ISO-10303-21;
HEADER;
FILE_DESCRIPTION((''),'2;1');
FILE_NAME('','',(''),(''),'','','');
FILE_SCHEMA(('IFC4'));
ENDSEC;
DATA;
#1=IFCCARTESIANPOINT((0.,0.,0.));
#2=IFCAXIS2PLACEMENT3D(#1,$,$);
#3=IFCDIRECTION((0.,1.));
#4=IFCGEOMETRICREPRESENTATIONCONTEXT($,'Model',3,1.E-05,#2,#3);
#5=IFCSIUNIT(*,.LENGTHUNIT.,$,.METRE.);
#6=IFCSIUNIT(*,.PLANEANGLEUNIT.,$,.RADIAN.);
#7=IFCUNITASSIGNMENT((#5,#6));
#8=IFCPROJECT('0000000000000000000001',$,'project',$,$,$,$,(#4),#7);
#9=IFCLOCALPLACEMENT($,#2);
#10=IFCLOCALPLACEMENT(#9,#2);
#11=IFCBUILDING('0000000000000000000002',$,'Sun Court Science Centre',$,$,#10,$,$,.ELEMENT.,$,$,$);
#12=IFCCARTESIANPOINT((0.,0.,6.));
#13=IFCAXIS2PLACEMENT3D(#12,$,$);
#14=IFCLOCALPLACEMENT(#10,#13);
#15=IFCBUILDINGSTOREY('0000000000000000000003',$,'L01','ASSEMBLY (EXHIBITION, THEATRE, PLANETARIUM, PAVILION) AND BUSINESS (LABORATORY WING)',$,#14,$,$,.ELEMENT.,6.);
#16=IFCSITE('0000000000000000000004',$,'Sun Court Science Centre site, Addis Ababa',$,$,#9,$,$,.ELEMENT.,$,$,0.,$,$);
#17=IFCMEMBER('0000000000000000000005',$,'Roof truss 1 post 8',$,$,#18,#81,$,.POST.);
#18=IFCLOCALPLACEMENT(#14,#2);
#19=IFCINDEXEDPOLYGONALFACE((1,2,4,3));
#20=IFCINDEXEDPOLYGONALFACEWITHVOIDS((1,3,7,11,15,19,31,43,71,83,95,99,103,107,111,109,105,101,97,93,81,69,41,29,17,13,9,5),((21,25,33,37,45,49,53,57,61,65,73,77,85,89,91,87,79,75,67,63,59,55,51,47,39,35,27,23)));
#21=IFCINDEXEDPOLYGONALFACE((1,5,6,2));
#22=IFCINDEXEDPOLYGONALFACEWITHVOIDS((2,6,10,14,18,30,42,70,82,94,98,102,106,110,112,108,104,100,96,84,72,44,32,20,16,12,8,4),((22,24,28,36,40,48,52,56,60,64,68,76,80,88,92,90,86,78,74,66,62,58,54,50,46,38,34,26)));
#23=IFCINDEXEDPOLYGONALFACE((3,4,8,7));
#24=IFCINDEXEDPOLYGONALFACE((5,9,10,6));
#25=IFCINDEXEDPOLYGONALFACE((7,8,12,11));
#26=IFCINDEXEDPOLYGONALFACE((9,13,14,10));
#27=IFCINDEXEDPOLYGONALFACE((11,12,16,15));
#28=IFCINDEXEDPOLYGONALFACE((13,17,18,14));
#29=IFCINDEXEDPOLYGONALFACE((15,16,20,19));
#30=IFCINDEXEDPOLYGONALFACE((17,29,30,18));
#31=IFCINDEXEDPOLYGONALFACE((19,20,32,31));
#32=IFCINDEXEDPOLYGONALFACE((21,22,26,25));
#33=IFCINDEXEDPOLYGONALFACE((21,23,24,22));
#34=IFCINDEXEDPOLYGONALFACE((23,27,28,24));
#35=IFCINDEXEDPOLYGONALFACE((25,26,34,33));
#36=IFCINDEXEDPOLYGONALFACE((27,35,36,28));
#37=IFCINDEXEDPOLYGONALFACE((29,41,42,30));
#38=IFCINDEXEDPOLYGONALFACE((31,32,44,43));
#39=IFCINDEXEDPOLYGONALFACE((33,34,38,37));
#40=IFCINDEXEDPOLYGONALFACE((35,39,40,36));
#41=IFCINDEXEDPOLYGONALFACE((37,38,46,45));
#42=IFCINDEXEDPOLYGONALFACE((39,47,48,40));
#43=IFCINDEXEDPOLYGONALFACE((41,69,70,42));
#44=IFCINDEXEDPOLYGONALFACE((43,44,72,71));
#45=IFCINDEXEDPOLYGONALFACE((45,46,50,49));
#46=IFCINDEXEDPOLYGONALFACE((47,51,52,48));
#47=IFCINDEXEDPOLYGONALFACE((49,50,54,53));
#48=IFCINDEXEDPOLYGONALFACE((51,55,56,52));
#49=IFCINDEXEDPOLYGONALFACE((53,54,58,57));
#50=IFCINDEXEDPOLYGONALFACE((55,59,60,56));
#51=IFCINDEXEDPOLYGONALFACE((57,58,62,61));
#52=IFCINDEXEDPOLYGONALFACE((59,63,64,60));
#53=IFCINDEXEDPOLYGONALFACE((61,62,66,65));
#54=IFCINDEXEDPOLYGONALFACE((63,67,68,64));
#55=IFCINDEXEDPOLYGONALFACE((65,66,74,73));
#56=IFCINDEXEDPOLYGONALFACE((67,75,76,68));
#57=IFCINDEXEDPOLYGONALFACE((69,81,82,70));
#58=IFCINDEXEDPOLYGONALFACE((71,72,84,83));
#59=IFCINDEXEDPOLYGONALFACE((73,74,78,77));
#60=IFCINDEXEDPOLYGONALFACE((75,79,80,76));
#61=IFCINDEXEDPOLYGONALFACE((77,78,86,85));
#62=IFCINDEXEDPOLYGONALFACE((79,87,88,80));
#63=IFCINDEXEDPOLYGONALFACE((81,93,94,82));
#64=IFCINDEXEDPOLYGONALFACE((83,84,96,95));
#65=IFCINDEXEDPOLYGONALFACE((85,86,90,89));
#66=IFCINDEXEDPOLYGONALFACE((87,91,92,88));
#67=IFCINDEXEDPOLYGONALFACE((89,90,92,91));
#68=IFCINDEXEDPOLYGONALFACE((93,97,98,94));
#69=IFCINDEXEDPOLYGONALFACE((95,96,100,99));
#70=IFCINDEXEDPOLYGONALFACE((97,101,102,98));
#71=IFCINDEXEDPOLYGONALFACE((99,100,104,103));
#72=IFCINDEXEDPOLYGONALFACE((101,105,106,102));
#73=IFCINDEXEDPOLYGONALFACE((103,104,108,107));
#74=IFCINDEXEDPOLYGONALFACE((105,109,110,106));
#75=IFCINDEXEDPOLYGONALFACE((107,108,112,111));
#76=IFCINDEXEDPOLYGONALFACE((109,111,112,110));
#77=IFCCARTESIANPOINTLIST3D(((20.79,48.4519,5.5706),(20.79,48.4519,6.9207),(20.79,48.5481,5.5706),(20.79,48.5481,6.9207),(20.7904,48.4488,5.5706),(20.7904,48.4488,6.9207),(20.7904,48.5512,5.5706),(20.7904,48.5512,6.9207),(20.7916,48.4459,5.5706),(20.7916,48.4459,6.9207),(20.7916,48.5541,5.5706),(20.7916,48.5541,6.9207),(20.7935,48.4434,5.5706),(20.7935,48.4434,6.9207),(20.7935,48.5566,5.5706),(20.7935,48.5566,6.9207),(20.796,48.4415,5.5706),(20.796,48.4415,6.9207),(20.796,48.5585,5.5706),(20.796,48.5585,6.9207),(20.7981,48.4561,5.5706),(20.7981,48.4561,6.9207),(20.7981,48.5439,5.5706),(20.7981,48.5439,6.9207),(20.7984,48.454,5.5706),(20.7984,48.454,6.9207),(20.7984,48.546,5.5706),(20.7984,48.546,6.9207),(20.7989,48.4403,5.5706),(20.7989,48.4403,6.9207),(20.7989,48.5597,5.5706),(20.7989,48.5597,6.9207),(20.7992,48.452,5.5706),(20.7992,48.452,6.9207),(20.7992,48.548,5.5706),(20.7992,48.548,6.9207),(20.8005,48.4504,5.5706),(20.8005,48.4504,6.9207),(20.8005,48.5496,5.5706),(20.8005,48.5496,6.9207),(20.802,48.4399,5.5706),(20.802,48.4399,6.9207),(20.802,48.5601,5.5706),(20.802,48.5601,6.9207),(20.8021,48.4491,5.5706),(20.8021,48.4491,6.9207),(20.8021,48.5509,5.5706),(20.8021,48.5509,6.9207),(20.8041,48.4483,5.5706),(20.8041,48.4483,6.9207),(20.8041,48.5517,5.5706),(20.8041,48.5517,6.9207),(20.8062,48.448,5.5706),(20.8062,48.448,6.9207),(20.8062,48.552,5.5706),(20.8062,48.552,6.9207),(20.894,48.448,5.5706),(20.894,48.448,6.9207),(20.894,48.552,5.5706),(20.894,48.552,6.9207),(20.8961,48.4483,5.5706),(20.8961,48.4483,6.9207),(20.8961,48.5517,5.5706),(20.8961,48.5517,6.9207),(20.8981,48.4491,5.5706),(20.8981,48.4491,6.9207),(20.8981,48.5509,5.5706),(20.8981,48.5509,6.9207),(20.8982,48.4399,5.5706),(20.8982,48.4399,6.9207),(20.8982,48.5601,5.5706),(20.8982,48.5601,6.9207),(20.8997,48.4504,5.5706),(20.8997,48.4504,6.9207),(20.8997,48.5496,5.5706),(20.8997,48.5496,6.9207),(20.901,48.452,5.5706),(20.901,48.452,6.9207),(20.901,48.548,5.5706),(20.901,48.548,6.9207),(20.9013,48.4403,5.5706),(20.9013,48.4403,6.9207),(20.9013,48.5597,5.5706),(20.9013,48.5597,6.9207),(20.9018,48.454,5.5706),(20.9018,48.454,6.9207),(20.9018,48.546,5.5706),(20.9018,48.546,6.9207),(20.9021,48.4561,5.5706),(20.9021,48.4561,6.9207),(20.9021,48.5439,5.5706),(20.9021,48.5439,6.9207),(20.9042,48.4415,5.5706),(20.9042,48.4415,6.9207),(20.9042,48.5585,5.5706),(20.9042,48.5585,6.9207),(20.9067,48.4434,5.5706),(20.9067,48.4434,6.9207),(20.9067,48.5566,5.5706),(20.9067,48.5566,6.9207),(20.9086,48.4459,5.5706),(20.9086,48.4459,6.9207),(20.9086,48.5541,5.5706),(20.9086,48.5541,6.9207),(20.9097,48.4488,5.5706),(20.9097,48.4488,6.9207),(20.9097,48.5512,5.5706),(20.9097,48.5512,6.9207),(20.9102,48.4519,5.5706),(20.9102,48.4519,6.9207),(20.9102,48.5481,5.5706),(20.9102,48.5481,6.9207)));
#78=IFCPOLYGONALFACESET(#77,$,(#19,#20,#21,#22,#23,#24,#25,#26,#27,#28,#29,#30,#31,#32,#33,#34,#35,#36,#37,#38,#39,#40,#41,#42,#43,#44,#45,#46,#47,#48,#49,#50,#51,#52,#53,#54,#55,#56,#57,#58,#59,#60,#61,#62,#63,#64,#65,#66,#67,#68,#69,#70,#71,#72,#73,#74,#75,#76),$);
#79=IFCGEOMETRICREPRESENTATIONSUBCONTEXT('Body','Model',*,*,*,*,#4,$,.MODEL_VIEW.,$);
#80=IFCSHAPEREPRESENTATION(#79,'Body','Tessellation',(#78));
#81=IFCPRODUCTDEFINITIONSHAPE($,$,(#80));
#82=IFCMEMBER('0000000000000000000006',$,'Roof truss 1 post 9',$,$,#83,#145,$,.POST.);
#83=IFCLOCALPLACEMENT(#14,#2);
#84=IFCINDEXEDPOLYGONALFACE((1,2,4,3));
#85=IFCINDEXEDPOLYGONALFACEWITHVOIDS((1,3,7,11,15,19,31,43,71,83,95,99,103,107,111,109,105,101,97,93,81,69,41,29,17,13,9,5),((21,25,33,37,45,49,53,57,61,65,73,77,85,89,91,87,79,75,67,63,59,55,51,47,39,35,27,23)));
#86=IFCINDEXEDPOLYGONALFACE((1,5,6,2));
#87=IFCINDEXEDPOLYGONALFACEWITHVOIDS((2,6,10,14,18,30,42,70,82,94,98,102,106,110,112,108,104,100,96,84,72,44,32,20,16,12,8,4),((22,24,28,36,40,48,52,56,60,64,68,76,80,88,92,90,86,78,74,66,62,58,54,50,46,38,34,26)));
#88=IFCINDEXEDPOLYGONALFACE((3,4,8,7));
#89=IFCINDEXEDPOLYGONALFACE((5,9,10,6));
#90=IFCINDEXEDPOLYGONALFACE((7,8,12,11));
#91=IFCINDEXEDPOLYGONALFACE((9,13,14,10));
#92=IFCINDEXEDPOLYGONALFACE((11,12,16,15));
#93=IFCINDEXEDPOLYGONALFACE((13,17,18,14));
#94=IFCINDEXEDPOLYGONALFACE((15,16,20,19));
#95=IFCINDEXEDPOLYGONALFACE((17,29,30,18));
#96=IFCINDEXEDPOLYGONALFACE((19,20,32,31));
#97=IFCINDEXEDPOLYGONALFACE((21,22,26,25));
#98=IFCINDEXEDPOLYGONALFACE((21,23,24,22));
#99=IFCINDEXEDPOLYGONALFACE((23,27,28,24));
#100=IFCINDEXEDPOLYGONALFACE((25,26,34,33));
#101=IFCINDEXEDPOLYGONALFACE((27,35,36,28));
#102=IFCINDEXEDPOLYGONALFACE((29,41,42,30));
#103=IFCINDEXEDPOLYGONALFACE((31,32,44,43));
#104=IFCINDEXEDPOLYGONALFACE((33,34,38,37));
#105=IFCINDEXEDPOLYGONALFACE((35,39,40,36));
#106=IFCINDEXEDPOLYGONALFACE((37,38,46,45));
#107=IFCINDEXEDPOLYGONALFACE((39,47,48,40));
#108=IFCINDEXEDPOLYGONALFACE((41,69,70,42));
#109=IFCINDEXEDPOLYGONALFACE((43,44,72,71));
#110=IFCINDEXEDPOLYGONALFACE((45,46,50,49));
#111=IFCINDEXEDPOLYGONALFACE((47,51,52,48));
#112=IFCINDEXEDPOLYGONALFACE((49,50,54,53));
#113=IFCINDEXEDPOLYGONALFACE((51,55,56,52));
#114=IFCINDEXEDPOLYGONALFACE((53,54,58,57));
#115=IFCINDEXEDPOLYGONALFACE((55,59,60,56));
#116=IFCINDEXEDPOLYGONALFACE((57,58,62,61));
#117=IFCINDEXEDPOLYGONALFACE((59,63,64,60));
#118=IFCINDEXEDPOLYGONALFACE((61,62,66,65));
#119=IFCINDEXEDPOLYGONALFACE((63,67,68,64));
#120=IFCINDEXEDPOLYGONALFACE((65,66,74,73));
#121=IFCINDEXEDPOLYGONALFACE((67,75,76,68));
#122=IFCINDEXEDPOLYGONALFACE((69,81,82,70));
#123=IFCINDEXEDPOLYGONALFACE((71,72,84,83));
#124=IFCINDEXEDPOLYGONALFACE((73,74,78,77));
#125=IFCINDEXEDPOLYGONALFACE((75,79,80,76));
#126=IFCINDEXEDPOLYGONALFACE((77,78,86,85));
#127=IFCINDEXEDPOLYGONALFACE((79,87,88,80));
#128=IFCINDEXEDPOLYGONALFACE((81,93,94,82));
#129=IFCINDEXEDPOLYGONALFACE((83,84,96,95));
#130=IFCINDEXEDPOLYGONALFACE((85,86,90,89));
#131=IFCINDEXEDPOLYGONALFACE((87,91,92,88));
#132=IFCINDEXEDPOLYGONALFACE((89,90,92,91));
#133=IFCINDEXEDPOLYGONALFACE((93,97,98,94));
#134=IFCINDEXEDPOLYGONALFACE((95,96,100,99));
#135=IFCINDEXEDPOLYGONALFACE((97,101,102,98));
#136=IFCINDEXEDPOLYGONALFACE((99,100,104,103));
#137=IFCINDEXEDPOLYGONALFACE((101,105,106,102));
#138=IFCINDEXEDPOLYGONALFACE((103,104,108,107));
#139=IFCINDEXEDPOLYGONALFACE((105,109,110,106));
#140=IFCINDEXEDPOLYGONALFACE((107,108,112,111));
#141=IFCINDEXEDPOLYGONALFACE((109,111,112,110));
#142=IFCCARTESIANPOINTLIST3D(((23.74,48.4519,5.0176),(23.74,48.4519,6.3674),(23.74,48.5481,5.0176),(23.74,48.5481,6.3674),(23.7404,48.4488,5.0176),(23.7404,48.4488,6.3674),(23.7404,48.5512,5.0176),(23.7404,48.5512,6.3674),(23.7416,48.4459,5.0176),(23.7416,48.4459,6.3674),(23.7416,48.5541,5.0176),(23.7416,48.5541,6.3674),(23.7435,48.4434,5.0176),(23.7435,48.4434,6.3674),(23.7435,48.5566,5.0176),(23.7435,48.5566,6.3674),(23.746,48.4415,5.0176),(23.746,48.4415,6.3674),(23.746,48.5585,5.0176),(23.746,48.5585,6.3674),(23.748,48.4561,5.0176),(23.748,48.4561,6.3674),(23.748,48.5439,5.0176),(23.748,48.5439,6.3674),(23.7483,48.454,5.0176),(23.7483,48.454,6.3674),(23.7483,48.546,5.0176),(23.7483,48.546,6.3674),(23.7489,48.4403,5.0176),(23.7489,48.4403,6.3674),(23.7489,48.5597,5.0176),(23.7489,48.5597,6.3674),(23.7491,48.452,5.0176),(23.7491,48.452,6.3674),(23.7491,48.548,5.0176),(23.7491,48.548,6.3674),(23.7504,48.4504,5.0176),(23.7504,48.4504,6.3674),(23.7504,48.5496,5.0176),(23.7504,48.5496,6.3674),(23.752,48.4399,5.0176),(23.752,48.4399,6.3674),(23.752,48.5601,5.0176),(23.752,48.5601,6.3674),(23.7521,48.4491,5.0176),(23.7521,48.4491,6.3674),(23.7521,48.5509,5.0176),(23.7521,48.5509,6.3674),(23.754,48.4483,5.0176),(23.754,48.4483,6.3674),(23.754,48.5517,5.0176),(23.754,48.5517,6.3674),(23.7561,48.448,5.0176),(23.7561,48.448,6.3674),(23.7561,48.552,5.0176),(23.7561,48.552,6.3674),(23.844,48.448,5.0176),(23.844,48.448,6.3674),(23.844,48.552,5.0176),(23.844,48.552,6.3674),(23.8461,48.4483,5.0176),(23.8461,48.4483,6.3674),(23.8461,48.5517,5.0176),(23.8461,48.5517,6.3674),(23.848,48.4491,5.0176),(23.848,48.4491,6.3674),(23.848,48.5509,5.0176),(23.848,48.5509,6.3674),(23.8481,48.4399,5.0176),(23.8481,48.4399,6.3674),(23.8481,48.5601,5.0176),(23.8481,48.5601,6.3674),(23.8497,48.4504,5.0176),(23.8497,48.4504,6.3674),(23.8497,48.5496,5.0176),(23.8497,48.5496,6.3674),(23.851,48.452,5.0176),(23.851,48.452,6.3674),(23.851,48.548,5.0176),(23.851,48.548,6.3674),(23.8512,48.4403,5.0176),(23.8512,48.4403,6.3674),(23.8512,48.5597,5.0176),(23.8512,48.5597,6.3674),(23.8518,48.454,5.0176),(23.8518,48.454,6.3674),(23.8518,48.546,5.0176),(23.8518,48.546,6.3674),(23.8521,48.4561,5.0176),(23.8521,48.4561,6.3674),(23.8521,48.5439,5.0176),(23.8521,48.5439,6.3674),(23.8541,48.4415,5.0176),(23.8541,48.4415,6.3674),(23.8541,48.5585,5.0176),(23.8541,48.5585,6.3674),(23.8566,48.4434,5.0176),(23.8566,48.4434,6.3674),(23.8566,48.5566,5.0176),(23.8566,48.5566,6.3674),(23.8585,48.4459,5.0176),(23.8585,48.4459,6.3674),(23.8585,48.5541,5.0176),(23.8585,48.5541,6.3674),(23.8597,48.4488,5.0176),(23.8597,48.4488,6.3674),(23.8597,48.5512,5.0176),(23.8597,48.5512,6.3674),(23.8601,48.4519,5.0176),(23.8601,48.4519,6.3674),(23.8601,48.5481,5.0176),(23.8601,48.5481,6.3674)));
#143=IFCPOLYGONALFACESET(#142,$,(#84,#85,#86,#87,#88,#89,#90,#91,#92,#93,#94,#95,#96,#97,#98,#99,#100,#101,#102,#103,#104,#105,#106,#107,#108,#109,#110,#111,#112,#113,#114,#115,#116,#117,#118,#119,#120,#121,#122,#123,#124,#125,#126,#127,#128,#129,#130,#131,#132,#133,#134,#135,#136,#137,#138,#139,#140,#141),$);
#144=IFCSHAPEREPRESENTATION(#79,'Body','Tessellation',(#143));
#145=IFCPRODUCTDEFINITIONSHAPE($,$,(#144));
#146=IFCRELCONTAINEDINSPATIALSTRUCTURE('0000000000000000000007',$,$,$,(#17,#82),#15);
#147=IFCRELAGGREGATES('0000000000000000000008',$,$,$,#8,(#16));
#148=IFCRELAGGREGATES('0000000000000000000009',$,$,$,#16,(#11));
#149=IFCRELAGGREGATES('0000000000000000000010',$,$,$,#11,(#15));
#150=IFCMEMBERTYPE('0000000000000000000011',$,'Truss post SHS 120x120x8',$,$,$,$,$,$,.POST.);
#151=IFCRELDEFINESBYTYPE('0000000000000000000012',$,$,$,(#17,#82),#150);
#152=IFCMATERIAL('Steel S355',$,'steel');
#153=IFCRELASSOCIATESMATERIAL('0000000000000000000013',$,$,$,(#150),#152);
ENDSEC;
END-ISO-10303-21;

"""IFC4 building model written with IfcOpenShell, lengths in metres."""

from ifc_helpers import new_model, si_unit, direction, frame, origin, origin_2d, place, context, subcontext, project, spatial, hollow_rectangle, extrude, material, material_profile, profile_set, type_object, element, save


model = new_model("IFC4")

# Units and contexts
model_context = context("Model", 3, precision=1e-05, world=origin(), true_north=direction((0.0, 1.0)))
body_context = subcontext(model_context, "Body", "Model", "MODEL_VIEW")
ifc_project = project(units=[si_unit("LENGTHUNIT", "METRE"), si_unit("PLANEANGLEUNIT", "RADIAN")], contexts=[model_context])

# Site, building, storey
site_placement = place(None, origin())
site = spatial("IfcSite", under=ifc_project, at=site_placement, Name="Sun Court Science Centre site, Addis Ababa", CompositionType="ELEMENT", RefElevation=0.0)
building_placement = place(site_placement, origin())
building = spatial("IfcBuilding", under=site, at=building_placement, Name="Sun Court Science Centre", CompositionType="ELEMENT")
storey_placement = place(building_placement, frame((0.0, 0.0, 6.0)))
storey = spatial("IfcBuildingStorey", under=building, at=storey_placement, Name="L01", Description="ASSEMBLY (EXHIBITION, THEATRE, PLANETARIUM, PAVILION) AND BUSINESS (LABORATORY WING)", CompositionType="ELEMENT", Elevation=6.0)

# Members
ifc_material_1 = material(Name="Steel S355", Category="steel")
ifc_material_profile_1 = material_profile(ifc_material_1, hollow_rectangle(XDim=0.1201, YDim=0.1201, WallThickness=0.0081, InnerFilletRadius=0.0081, OuterFilletRadius=0.012, at=origin_2d()), Name="SHS 120x120x8")
ifc_profile_set_1 = profile_set([ifc_material_profile_1], Name="Steel S355")
member_type_1 = type_object("IfcMemberType", Name="Truss post SHS 120x120x8", PredefinedType="POST", material=ifc_profile_set_1)
member_1_placement = place(storey_placement, frame((20.8501, 48.5, 5.5706), z_axis=(0.0, 0.0, 1.0), x_axis=(1.0, 0.0, 0.0)))
element("IfcMember", 1, at=member_1_placement, inside=storey, type_object=member_type_1, Name="Roof truss 1 post 8", PredefinedType="POST", context=body_context, shape_type="SweptSolid", body=[
    extrude(hollow_rectangle(XDim=0.1201, YDim=0.1201, WallThickness=0.0081, InnerFilletRadius=0.0081, OuterFilletRadius=0.012, at=origin_2d()), origin(), (0.0, 0.0, 1.0), 1.3501),
])
for number, where, z_axis, x_axis, name in (
    (2, (23.8, 48.5, 5.0176), (0.0, 0.0, 1.0), (1.0, 0.0, 0.0), "Roof truss 1 post 9"),
):
    element("IfcMember", number, at=place(storey_placement, frame(where, z_axis=z_axis, x_axis=x_axis)), inside=storey, type_object=member_type_1, Name=name, PredefinedType="POST", context=body_context, shape_type="SweptSolid", body=[
        extrude(hollow_rectangle(XDim=0.1201, YDim=0.1201, WallThickness=0.0081, InnerFilletRadius=0.0081, OuterFilletRadius=0.012, at=origin_2d()), origin(), (0.0, 0.0, 1.0), 1.3499),
    ])

save(model, "model.ifc")
